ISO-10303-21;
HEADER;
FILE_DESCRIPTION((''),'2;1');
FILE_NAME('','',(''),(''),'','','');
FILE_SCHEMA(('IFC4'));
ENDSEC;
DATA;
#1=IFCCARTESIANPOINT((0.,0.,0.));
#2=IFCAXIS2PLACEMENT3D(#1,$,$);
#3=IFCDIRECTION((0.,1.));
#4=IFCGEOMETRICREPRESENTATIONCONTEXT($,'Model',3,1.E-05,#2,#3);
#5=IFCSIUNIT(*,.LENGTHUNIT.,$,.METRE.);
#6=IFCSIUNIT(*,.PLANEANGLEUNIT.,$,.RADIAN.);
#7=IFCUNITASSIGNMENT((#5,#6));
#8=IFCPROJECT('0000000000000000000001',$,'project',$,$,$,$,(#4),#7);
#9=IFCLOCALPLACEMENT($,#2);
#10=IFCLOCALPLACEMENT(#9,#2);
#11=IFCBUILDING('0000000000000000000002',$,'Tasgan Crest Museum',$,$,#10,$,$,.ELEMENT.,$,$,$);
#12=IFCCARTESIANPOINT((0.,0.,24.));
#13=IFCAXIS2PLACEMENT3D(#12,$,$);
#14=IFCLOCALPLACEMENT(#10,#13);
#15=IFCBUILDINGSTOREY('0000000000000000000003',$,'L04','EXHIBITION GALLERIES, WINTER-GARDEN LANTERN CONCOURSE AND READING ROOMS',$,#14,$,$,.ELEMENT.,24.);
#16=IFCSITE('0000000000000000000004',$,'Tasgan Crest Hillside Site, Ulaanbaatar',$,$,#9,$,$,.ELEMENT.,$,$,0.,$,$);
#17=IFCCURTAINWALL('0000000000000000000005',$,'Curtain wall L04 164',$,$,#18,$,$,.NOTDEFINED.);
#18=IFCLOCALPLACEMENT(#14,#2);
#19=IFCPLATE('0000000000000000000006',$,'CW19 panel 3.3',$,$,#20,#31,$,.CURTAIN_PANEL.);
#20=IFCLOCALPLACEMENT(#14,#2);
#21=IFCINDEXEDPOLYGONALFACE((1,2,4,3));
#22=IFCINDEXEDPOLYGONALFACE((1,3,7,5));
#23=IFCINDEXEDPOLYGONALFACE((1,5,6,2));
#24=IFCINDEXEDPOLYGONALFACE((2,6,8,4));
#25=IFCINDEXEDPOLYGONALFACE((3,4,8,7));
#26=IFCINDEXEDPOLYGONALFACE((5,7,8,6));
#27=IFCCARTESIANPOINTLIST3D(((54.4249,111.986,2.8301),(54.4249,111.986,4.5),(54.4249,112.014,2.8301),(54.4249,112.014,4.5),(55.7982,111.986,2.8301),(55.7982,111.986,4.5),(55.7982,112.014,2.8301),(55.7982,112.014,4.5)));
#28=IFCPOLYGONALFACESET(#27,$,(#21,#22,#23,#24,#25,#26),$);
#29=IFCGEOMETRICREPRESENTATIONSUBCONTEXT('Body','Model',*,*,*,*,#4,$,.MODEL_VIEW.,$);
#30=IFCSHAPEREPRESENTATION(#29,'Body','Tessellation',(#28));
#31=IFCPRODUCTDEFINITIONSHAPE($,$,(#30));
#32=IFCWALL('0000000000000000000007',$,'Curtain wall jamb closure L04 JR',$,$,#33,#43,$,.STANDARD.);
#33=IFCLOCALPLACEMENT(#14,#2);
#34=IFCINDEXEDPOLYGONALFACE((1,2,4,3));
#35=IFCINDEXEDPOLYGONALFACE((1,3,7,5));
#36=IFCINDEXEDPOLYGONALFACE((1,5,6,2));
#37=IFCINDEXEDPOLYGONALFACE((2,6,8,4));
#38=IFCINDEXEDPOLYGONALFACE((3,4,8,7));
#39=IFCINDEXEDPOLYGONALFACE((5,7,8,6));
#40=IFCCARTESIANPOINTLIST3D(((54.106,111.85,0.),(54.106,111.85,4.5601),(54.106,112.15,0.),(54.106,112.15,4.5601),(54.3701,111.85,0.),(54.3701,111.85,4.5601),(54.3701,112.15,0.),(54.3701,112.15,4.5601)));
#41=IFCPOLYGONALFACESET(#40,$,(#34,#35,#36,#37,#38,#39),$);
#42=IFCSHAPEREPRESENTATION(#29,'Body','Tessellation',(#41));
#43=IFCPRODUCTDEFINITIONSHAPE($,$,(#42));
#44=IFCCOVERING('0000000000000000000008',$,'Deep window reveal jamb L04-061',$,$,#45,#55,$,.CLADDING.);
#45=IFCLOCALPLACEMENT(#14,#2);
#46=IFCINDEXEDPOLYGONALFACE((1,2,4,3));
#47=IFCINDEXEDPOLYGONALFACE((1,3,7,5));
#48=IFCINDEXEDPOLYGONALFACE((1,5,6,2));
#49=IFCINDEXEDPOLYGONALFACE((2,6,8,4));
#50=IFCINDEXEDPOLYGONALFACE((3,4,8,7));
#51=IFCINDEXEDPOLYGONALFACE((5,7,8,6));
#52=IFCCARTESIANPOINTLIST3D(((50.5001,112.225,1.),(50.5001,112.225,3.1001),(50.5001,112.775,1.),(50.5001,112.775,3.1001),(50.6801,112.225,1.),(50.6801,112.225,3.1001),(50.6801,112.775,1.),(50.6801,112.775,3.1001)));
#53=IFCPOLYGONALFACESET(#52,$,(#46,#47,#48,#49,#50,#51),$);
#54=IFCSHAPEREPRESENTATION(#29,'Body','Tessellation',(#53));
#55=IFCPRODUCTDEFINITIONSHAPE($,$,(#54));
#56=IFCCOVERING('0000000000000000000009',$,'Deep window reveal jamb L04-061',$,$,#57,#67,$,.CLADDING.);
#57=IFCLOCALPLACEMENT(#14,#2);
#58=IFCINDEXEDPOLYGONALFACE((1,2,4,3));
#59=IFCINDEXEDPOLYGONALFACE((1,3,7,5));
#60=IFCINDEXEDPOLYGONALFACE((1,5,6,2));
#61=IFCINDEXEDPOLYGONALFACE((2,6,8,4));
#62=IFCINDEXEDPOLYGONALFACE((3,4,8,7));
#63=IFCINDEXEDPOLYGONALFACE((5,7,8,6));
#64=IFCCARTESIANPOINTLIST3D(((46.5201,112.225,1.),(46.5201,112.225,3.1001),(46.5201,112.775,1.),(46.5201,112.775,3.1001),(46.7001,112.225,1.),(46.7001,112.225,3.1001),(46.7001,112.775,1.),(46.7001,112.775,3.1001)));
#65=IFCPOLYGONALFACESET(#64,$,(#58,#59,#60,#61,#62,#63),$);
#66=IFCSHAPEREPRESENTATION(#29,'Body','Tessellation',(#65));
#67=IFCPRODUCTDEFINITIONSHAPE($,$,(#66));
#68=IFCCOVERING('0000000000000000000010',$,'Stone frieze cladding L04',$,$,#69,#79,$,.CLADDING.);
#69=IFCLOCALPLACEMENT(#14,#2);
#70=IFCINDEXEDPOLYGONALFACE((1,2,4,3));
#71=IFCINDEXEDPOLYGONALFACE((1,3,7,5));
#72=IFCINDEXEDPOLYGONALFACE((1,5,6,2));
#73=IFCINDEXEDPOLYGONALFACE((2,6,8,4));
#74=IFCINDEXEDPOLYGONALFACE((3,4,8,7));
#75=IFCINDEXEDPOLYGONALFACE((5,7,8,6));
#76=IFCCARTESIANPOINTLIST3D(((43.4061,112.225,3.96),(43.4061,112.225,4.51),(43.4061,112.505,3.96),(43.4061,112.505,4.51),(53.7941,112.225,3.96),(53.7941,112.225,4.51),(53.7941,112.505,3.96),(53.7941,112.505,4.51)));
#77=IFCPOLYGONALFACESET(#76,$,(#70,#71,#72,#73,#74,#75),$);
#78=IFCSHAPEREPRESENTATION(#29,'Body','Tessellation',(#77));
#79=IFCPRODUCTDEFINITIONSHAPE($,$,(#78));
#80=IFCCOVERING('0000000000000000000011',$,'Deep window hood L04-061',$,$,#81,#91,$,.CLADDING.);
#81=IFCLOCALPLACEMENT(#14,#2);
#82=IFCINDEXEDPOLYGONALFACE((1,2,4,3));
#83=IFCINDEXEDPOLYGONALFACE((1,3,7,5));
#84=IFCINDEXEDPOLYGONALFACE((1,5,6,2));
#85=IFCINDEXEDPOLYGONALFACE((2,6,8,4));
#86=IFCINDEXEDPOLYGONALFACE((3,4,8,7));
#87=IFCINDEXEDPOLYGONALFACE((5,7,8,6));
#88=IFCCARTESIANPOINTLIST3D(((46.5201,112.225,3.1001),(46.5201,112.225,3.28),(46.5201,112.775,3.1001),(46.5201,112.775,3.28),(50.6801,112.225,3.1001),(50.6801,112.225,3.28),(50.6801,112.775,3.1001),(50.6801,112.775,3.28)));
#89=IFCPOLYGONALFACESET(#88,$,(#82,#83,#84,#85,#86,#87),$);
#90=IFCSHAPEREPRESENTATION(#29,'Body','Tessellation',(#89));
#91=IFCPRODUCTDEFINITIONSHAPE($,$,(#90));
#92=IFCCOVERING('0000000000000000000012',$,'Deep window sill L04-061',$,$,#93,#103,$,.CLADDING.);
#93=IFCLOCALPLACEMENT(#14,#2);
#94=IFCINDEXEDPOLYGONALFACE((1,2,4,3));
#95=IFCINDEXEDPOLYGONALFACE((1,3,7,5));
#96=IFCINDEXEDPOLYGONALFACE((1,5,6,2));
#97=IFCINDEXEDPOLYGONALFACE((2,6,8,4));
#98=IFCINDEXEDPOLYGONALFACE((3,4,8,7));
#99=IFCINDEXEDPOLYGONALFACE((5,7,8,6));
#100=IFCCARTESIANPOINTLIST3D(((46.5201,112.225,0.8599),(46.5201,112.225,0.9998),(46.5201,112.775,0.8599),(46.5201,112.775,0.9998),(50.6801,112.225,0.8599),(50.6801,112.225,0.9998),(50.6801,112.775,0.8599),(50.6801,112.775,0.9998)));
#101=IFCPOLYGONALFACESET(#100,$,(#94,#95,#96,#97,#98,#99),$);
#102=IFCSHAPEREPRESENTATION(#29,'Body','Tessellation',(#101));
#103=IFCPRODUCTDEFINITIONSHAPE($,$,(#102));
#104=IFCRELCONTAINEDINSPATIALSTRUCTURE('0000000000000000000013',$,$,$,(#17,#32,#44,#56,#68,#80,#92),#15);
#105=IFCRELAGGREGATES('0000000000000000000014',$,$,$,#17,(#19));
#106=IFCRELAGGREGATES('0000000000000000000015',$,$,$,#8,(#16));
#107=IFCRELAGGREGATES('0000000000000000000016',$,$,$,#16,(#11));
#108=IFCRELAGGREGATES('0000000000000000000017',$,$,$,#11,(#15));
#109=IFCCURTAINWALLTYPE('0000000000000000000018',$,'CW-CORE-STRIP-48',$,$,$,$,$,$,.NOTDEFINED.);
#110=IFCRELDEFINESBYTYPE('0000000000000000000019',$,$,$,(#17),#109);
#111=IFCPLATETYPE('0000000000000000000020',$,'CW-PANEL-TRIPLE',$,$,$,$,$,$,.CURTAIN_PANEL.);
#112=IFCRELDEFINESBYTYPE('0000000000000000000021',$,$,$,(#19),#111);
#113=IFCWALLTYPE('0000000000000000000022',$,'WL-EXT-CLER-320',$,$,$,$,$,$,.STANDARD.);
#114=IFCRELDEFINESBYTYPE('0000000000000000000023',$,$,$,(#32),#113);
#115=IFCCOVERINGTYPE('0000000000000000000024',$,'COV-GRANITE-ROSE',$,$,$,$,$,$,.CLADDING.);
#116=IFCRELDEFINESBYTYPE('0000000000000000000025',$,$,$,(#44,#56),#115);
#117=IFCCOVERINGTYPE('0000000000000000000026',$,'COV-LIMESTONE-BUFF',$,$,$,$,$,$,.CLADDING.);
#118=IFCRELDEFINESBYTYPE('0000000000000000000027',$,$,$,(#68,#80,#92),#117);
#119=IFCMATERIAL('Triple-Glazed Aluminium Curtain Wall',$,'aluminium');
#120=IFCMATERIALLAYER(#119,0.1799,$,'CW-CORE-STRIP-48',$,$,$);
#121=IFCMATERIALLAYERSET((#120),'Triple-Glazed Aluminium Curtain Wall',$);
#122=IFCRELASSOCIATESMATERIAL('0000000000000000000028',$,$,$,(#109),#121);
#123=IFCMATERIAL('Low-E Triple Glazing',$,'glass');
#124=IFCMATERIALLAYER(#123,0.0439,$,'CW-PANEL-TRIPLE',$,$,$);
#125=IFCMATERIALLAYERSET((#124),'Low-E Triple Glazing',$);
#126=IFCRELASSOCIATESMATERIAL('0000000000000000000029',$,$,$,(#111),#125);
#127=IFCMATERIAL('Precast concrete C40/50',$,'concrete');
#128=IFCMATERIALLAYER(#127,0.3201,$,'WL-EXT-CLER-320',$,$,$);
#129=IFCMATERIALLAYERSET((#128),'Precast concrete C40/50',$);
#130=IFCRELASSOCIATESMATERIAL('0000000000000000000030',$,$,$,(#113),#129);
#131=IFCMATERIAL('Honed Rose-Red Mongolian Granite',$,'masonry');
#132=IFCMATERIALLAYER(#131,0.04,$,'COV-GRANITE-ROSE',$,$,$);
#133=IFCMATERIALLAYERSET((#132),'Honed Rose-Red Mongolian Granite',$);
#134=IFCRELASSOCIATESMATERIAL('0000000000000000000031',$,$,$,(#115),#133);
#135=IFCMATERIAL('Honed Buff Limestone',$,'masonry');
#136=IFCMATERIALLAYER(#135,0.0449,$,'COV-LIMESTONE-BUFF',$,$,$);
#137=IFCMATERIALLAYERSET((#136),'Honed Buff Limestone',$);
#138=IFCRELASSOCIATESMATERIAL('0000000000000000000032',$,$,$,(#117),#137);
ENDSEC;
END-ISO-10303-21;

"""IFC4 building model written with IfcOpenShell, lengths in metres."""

from ifc_helpers import new_model, si_unit, direction, frame, frame_2d, origin, origin_2d, place, context, subcontext, project, spatial, rectangle, extrude, material, layer, layer_set, type_object, element, aggregate, save


model = new_model("IFC4")

# Units and contexts
model_context = context("Model", 3, precision=1e-05, world=origin(), true_north=direction((0.0, 1.0)))
body_context = subcontext(model_context, "Body", "Model", "MODEL_VIEW")
ifc_project = project(units=[si_unit("LENGTHUNIT", "METRE"), si_unit("PLANEANGLEUNIT", "RADIAN")], contexts=[model_context])

# Site, building, storey
site_placement = place(None, origin())
site = spatial("IfcSite", under=ifc_project, at=site_placement, Name="Tasgan Crest Hillside Site, Ulaanbaatar", CompositionType="ELEMENT", RefElevation=0.0)
building_placement = place(site_placement, origin())
building = spatial("IfcBuilding", under=site, at=building_placement, Name="Tasgan Crest Museum", CompositionType="ELEMENT")
storey_placement = place(building_placement, frame((0.0, 0.0, 24.0)))
storey = spatial("IfcBuildingStorey", under=building, at=storey_placement, Name="L04", Description="EXHIBITION GALLERIES, WINTER-GARDEN LANTERN CONCOURSE AND READING ROOMS", CompositionType="ELEMENT", Elevation=24.0)

# Curtain wall, plate
ifc_material_1 = material(Name="Triple-Glazed Aluminium Curtain Wall", Category="aluminium")
ifc_layer_1 = layer(ifc_material_1, 0.1799, Name="CW-CORE-STRIP-48")
ifc_layer_set_1 = layer_set([ifc_layer_1], Name="Triple-Glazed Aluminium Curtain Wall")
curtain_wall_type = type_object("IfcCurtainWallType", Name="CW-CORE-STRIP-48", PredefinedType="NOTDEFINED", material=ifc_layer_set_1)
curtain_wall_placement = place(storey_placement, origin())
curtain_wall = element("IfcCurtainWall", 1, at=curtain_wall_placement, inside=storey, type_object=curtain_wall_type, Name="Curtain wall L04 164", PredefinedType="NOTDEFINED")
ifc_material_2 = material(Name="Low-E Triple Glazing", Category="glass")
ifc_layer_2 = layer(ifc_material_2, 0.0439, Name="CW-PANEL-TRIPLE")
ifc_layer_set_2 = layer_set([ifc_layer_2], Name="Low-E Triple Glazing")
plate_type_1 = type_object("IfcPlateType", Name="CW-PANEL-TRIPLE", PredefinedType="CURTAIN_PANEL", material=ifc_layer_set_2)
plate_1_placement = place(storey_placement, frame((55.1116, 112.0, 2.8301), z_axis=(0.0, 0.0, 1.0), x_axis=(-1.0, 0.0, 0.0)))
plate_1 = element("IfcPlate", 2, at=plate_1_placement, type_object=plate_type_1, Name="CW19 panel 3.3", PredefinedType="CURTAIN_PANEL", context=body_context, shape_type="SweptSolid", body=[
    extrude(rectangle(XDim=1.3733, YDim=0.0281, at=origin_2d()), origin(), (0.0, 0.0, 1.0), 1.6699),
])
aggregate(curtain_wall, [plate_1])

# Wall
ifc_material_3 = material(Name="Precast concrete C40/50", Category="concrete")
ifc_layer_3 = layer(ifc_material_3, 0.3201, Name="WL-EXT-CLER-320")
ifc_layer_set_3 = layer_set([ifc_layer_3], Name="Precast concrete C40/50")
wall_type = type_object("IfcWallType", Name="WL-EXT-CLER-320", PredefinedType="STANDARD", material=ifc_layer_set_3)
wall_placement = place(storey_placement, frame((54.3701, 112.0, 0.0), z_axis=(0.0, 0.0, 1.0), x_axis=(-1.0, 0.0, 0.0)))
element("IfcWall", 3, at=wall_placement, inside=storey, type_object=wall_type, Name="Curtain wall jamb closure L04 JR", PredefinedType="STANDARD", context=body_context, shape_type="SweptSolid", body=[
    extrude(rectangle(XDim=0.2642, YDim=0.3, at=frame_2d((0.1321, 0.0))), origin(), (0.0, 0.0, 1.0), 4.5601),
])

# Coverings
ifc_material_4 = material(Name="Honed Rose-Red Mongolian Granite", Category="masonry")
ifc_layer_4 = layer(ifc_material_4, 0.04, Name="COV-GRANITE-ROSE")
ifc_layer_set_4 = layer_set([ifc_layer_4], Name="Honed Rose-Red Mongolian Granite")
covering_type_1 = type_object("IfcCoveringType", Name="COV-GRANITE-ROSE", PredefinedType="CLADDING", material=ifc_layer_set_4)
for number, where, z_axis, x_axis, name in (
    (4, (50.5901, 112.5, 1.0), (0.0, 0.0, 1.0), (-1.0, 0.0, 0.0), "Deep window reveal jamb L04-061"),
    (5, (46.6101, 112.5, 1.0), (0.0, 0.0, 1.0), (-1.0, 0.0, 0.0), "Deep window reveal jamb L04-061"),
):
    element("IfcCovering", number, at=place(storey_placement, frame(where, z_axis=z_axis, x_axis=x_axis)), inside=storey, type_object=covering_type_1, Name=name, PredefinedType="CLADDING", context=body_context, shape_type="SweptSolid", body=[
        extrude(rectangle(XDim=0.1799, YDim=0.55, at=origin_2d()), origin(), (0.0, 0.0, 1.0), 2.1001),
    ])
ifc_material_5 = material(Name="Honed Buff Limestone", Category="masonry")
ifc_layer_5 = layer(ifc_material_5, 0.0449, Name="COV-LIMESTONE-BUFF")
ifc_layer_set_5 = layer_set([ifc_layer_5], Name="Honed Buff Limestone")
covering_type_2 = type_object("IfcCoveringType", Name="COV-LIMESTONE-BUFF", PredefinedType="CLADDING", material=ifc_layer_set_5)
covering_1_placement = place(storey_placement, frame((48.6001, 112.365, 3.96), z_axis=(0.0, 0.0, 1.0), x_axis=(-1.0, 0.0, 0.0)))
element("IfcCovering", 6, at=covering_1_placement, inside=storey, type_object=covering_type_2, Name="Stone frieze cladding L04", PredefinedType="CLADDING", context=body_context, shape_type="SweptSolid", body=[
    extrude(rectangle(XDim=10.3879, YDim=0.28, at=origin_2d()), origin(), (0.0, 0.0, 1.0), 0.55),
])
covering_2_placement = place(storey_placement, frame((48.6001, 112.5, 3.1001), z_axis=(0.0, 0.0, 1.0), x_axis=(-1.0, 0.0, 0.0)))
element("IfcCovering", 7, at=covering_2_placement, inside=storey, type_object=covering_type_2, Name="Deep window hood L04-061", PredefinedType="CLADDING", context=body_context, shape_type="SweptSolid", body=[
    extrude(rectangle(XDim=4.1599, YDim=0.55, at=origin_2d()), origin(), (0.0, 0.0, 1.0), 0.1799),
])
covering_3_placement = place(storey_placement, frame((48.6001, 112.5, 0.8599), z_axis=(0.0, 0.0, 1.0), x_axis=(-1.0, 0.0, 0.0)))
element("IfcCovering", 8, at=covering_3_placement, inside=storey, type_object=covering_type_2, Name="Deep window sill L04-061", PredefinedType="CLADDING", context=body_context, shape_type="SweptSolid", body=[
    extrude(rectangle(XDim=4.1599, YDim=0.55, at=origin_2d()), origin(), (0.0, 0.0, 1.0), 0.1399),
])

save(model, "model.ifc")
